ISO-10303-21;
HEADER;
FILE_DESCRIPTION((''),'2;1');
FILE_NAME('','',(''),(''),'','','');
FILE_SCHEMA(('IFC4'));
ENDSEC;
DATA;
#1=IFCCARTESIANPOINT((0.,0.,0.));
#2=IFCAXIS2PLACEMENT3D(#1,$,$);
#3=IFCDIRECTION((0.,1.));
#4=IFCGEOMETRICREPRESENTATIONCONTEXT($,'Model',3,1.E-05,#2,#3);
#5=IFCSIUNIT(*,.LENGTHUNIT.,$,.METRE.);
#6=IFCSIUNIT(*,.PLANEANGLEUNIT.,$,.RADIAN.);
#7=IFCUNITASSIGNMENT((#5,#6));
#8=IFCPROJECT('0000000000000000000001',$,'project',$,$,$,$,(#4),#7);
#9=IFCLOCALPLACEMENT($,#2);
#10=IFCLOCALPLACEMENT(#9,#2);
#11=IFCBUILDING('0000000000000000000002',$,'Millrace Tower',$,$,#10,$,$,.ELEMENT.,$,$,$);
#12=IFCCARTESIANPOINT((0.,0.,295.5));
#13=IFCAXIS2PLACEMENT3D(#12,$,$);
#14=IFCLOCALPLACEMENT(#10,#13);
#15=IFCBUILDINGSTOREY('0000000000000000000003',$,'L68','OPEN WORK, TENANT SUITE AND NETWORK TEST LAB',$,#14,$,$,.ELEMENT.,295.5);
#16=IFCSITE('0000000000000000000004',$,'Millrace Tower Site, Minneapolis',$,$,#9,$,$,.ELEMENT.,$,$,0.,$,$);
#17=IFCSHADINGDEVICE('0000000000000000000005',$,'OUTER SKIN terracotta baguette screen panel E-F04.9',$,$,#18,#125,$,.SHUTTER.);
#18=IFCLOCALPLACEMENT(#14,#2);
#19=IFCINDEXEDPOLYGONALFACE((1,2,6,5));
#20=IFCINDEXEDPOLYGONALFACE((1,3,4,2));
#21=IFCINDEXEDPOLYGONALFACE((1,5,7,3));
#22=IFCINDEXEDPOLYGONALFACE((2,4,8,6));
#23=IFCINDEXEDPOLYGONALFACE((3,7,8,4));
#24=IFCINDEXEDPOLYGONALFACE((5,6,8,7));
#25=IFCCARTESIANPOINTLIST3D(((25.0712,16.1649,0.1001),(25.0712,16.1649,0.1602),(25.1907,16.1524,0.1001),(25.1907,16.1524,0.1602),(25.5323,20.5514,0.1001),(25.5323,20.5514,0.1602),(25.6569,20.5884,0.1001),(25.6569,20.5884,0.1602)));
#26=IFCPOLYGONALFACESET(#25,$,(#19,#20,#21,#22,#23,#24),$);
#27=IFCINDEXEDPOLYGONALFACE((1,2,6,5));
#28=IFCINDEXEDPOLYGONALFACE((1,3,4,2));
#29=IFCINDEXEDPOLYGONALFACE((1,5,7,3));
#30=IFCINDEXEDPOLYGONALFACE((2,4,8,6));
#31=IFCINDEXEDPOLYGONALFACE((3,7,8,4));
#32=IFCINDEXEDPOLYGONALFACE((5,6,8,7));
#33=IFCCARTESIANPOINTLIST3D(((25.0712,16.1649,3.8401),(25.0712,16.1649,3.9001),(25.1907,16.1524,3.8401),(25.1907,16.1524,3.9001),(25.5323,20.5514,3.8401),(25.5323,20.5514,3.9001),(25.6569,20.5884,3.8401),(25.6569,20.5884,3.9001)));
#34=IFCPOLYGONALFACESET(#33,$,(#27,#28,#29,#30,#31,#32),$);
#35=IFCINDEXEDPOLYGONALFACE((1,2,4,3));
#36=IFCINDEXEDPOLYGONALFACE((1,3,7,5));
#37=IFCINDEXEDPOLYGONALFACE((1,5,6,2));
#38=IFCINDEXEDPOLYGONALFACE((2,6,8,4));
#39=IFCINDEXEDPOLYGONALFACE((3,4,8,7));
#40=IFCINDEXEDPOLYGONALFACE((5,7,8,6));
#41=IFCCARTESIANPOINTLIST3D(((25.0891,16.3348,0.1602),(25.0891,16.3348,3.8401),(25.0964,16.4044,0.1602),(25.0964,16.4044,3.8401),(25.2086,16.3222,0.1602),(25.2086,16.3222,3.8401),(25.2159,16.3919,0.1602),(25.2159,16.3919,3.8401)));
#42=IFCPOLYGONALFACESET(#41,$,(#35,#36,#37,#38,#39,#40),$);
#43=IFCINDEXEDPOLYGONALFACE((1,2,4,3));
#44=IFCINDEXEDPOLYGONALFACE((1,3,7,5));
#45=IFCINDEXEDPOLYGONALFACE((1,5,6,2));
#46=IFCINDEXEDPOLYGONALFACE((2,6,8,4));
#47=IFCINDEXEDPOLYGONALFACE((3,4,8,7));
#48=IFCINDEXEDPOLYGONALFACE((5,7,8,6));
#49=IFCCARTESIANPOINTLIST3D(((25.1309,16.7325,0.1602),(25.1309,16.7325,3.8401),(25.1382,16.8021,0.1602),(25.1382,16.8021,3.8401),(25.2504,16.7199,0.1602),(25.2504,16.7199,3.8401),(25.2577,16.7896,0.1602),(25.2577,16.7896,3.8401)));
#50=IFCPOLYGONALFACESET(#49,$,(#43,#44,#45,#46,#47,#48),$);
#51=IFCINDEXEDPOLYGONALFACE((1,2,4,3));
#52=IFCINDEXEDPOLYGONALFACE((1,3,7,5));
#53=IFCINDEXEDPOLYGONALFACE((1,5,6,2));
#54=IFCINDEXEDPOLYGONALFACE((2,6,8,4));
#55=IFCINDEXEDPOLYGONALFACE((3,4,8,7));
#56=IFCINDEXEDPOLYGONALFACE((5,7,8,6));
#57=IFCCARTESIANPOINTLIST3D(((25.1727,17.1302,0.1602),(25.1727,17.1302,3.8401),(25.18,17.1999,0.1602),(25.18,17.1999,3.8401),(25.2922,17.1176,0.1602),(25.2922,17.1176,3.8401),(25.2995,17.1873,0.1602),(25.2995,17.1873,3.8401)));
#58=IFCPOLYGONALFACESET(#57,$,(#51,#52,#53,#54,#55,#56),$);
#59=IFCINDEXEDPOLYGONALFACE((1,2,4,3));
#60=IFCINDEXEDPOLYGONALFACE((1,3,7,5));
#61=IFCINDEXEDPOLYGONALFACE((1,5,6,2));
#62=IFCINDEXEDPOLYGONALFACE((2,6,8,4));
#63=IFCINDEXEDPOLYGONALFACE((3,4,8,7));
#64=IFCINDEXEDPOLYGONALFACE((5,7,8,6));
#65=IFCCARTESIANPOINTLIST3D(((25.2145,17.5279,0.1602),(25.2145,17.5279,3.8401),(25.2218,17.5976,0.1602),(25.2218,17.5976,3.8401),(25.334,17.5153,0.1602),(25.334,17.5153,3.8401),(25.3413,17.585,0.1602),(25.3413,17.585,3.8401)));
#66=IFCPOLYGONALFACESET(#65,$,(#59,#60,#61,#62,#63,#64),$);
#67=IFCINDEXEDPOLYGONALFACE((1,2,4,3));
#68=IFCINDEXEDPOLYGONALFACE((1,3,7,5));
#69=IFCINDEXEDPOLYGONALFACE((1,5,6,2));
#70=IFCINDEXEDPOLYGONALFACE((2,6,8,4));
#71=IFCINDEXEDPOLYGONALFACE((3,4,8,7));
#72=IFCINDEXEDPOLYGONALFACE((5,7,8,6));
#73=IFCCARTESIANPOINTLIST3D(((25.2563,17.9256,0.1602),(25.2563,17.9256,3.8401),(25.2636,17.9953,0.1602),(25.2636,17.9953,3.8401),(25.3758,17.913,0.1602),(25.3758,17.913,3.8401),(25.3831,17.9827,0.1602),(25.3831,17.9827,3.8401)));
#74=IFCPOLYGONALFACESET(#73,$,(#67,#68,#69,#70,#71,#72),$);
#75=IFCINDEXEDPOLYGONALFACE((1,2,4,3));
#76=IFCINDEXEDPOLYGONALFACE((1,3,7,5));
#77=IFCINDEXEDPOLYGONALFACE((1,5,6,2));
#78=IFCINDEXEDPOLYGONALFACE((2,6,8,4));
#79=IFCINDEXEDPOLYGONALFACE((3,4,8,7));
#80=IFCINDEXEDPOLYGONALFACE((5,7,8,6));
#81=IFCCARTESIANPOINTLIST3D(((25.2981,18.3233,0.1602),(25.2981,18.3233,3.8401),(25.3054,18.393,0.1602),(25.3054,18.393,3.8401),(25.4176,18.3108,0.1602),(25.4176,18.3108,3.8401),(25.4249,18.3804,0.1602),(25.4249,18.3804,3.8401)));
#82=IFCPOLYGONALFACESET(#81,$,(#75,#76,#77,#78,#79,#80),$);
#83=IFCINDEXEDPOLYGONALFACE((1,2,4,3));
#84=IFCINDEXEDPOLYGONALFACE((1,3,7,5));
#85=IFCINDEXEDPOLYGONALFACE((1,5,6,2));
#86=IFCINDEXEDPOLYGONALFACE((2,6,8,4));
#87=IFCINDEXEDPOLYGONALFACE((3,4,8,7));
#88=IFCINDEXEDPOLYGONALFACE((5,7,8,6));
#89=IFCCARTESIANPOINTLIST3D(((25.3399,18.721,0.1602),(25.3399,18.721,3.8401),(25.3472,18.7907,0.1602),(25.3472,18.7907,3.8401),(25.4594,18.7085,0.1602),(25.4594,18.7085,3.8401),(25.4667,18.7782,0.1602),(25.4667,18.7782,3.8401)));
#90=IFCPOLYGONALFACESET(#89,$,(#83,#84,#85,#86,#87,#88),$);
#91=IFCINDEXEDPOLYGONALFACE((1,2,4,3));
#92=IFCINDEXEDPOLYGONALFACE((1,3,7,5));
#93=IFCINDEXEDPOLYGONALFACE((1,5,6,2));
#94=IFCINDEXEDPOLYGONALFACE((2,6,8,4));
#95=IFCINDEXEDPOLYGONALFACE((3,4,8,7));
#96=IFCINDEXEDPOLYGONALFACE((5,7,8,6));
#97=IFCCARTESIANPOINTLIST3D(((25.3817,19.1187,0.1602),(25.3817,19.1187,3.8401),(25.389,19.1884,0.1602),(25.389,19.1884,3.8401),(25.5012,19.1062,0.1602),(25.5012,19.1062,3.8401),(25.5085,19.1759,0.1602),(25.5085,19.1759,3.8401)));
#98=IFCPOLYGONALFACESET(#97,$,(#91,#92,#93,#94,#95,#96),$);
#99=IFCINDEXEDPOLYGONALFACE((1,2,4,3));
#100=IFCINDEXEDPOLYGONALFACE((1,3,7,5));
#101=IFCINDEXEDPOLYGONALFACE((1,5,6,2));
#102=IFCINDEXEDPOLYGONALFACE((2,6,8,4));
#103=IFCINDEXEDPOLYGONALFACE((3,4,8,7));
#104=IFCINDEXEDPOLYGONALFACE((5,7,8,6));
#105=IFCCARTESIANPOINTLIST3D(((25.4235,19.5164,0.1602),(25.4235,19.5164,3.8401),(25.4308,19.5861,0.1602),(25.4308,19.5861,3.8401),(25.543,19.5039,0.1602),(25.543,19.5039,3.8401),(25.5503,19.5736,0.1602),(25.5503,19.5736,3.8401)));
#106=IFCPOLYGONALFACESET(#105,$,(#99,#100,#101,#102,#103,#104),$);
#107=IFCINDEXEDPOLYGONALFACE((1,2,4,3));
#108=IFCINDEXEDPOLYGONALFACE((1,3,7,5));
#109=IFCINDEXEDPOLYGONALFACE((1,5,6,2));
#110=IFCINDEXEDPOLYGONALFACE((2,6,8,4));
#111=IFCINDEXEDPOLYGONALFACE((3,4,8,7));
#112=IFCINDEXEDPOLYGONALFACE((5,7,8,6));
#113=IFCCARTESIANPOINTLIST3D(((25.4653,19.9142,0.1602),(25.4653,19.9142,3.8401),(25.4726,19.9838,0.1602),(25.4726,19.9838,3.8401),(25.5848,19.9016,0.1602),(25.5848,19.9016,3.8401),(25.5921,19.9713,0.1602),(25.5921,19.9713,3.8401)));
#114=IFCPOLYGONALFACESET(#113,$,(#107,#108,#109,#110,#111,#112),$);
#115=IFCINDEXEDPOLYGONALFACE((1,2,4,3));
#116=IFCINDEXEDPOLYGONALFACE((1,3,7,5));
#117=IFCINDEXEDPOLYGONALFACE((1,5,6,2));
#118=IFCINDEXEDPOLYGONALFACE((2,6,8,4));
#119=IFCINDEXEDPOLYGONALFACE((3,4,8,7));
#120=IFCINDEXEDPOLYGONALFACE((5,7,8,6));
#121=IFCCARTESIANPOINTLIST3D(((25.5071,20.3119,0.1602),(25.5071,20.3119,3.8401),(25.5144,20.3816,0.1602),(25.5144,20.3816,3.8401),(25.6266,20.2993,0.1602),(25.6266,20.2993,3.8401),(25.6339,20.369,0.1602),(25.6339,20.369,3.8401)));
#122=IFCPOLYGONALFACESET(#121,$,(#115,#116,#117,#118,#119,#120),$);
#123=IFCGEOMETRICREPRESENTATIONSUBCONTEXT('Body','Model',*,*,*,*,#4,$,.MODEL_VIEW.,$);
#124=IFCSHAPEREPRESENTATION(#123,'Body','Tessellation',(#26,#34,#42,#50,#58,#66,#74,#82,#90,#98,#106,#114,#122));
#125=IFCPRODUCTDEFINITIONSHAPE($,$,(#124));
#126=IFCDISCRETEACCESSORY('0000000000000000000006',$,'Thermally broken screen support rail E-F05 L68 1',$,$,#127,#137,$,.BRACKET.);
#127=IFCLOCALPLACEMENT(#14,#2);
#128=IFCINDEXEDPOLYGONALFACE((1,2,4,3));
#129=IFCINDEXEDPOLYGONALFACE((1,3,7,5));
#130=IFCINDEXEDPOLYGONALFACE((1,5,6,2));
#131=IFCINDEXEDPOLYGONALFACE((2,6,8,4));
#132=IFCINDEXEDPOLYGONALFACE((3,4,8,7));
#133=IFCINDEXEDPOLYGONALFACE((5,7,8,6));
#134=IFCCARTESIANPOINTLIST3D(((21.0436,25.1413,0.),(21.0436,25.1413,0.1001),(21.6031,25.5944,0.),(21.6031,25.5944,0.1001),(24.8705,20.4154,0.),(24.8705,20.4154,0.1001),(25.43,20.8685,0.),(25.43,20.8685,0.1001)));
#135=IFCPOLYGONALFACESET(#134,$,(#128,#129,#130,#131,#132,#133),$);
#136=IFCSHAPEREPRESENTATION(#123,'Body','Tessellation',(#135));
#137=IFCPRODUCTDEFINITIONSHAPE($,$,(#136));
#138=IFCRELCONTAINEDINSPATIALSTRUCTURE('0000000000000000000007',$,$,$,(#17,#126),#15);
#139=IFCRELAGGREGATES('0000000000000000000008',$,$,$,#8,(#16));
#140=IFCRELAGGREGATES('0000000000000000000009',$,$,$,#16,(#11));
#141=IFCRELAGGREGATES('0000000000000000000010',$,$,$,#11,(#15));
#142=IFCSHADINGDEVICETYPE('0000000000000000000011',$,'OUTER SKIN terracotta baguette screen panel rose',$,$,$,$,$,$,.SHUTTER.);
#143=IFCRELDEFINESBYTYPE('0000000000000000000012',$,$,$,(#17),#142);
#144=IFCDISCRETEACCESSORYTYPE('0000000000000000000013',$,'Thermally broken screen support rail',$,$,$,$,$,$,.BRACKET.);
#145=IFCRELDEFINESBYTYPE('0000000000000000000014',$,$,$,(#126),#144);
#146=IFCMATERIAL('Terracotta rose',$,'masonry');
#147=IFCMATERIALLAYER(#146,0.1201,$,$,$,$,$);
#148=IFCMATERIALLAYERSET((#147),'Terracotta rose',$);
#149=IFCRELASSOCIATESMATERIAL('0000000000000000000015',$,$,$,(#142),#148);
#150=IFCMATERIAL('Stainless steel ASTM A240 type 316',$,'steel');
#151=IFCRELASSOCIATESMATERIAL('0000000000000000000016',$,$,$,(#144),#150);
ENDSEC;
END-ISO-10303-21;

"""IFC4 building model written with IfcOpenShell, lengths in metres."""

from ifc_helpers import new_model, entity, si_unit, direction, frame, frame_2d, origin, origin_2d, place, context, subcontext, project, spatial, rectangle, extrude, source, transform, mapped, material, layer, layer_set, type_object, element, save


model = new_model("IFC4")

# Units and contexts
model_context = context("Model", 3, precision=1e-05, world=origin(), true_north=direction((0.0, 1.0)))
body_context = subcontext(model_context, "Body", "Model", "MODEL_VIEW")
ifc_project = project(units=[si_unit("LENGTHUNIT", "METRE"), si_unit("PLANEANGLEUNIT", "RADIAN")], contexts=[model_context])

# Site, building, storey
site_placement = place(None, origin())
site = spatial("IfcSite", under=ifc_project, at=site_placement, Name="Millrace Tower Site, Minneapolis", CompositionType="ELEMENT", RefElevation=0.0)
building_placement = place(site_placement, origin())
building = spatial("IfcBuilding", under=site, at=building_placement, Name="Millrace Tower", CompositionType="ELEMENT")
storey_placement = place(building_placement, frame((0.0, 0.0, 295.5)))
storey = spatial("IfcBuildingStorey", under=building, at=storey_placement, Name="L68", Description="OPEN WORK, TENANT SUITE AND NETWORK TEST LAB", CompositionType="ELEMENT", Elevation=295.5)

# Shading device
ifc_material_1 = material(Name="Terracotta rose", Category="masonry")
ifc_layer_1 = layer(ifc_material_1, 0.1201)
ifc_layer_set_1 = layer_set([ifc_layer_1], Name="Terracotta rose")
shading_device_type = type_object("IfcShadingDeviceType", Name="OUTER SKIN terracotta baguette screen panel rose", PredefinedType="SHUTTER", material=ifc_layer_set_1)
cartesian_point_1 = entity("IfcCartesianPoint", [-2.2178, 0.0601])
shared_polyline_1 = entity("IfcPolyline", [cartesian_point_1, entity("IfcCartesianPoint", [2.1929, 0.0601]), entity("IfcCartesianPoint", [2.2427, -0.0601]), entity("IfcCartesianPoint", [-2.2178, -0.0601]), cartesian_point_1])
shared_shape_1 = source(origin(), body_context, "Body", "SweptSolid", [
    entity("IfcExtrudedAreaSolid", entity("IfcArbitraryClosedProfileDef", "AREA", None, shared_polyline_1), entity("IfcAxis2Placement3D", entity("IfcCartesianPoint", [0.0, 0.0, 0.0])), entity("IfcDirection", [0.0, 0.0, 1.0]), 0.0601),
    entity("IfcExtrudedAreaSolid", entity("IfcArbitraryClosedProfileDef", "AREA", None, shared_polyline_1), entity("IfcAxis2Placement3D", entity("IfcCartesianPoint", [0.0, 0.0, 3.74])), entity("IfcDirection", [0.0, 0.0, 1.0]), 0.0601),
    extrude(rectangle(XDim=0.0701, YDim=0.1201, at=frame_2d((-2.012, 0.0))), frame((0.0, 0.0, 0.0601)), (0.0, 0.0, 1.0), 3.6799),
    extrude(rectangle(XDim=0.0701, YDim=0.1201, at=frame_2d((-1.6121, 0.0))), frame((0.0, 0.0, 0.0601)), (0.0, 0.0, 1.0), 3.6799),
    extrude(rectangle(XDim=0.0701, YDim=0.1201, at=frame_2d((-1.2122, 0.0))), frame((0.0, 0.0, 0.0601)), (0.0, 0.0, 1.0), 3.6799),
    extrude(rectangle(XDim=0.0701, YDim=0.1201, at=frame_2d((-0.8123, 0.0))), frame((0.0, 0.0, 0.0601)), (0.0, 0.0, 1.0), 3.6799),
    extrude(rectangle(XDim=0.0701, YDim=0.1201, at=frame_2d((-0.4124, 0.0))), frame((0.0, 0.0, 0.0601)), (0.0, 0.0, 1.0), 3.6799),
    extrude(rectangle(XDim=0.0701, YDim=0.1201, at=frame_2d((-0.0125, 0.0))), frame((0.0, 0.0, 0.0601)), (0.0, 0.0, 1.0), 3.6799),
    extrude(rectangle(XDim=0.0701, YDim=0.1201, at=frame_2d((0.3875, 0.0))), frame((0.0, 0.0, 0.0601)), (0.0, 0.0, 1.0), 3.6799),
    extrude(rectangle(XDim=0.0701, YDim=0.1201, at=frame_2d((0.7874, 0.0))), frame((0.0, 0.0, 0.0601)), (0.0, 0.0, 1.0), 3.6799),
    extrude(rectangle(XDim=0.0701, YDim=0.1201, at=frame_2d((1.1873, 0.0))), frame((0.0, 0.0, 0.0601)), (0.0, 0.0, 1.0), 3.6799),
    extrude(rectangle(XDim=0.0701, YDim=0.1201, at=frame_2d((1.5872, 0.0))), frame((0.0, 0.0, 0.0601)), (0.0, 0.0, 1.0), 3.6799),
    extrude(rectangle(XDim=0.0701, YDim=0.1201, at=frame_2d((1.9871, 0.0))), frame((0.0, 0.0, 0.0601)), (0.0, 0.0, 1.0), 3.6799),
])
shading_device_1_placement = place(storey_placement, frame((25.3628, 18.3643, 0.1001), z_axis=(0.0, 0.0, 1.0), x_axis=(0.104528, 0.994522, 0.0)))
element("IfcShadingDevice", 1, at=shading_device_1_placement, inside=storey, type_object=shading_device_type, Name="OUTER SKIN terracotta baguette screen panel E-F04.9", PredefinedType="SHUTTER", context=body_context, shape_type="MappedRepresentation", body=[
    mapped(shared_shape_1, transform((0.0, 0.0, 0.0), scale=1.0)),
])

# Discrete accessory
ifc_material_2 = material(Name="Stainless steel ASTM A240 type 316", Category="steel")
discrete_accessory_type = type_object("IfcDiscreteAccessoryType", Name="Thermally broken screen support rail", PredefinedType="BRACKET", material=ifc_material_2)
discrete_accessory_placement = place(storey_placement, frame((23.2368, 23.0049, 0.0), z_axis=(0.0, 0.0, 1.0), x_axis=(-0.62932, 0.777146, 0.0)))
element("IfcDiscreteAccessory", 2, at=discrete_accessory_placement, inside=storey, type_object=discrete_accessory_type, Name="Thermally broken screen support rail E-F05 L68 1", PredefinedType="BRACKET", context=body_context, shape_type="SweptSolid", body=[
    extrude(rectangle(XDim=6.0811, YDim=0.72, at=origin_2d()), origin(), (0.0, 0.0, 1.0), 0.1001),
])

save(model, "model.ifc")
